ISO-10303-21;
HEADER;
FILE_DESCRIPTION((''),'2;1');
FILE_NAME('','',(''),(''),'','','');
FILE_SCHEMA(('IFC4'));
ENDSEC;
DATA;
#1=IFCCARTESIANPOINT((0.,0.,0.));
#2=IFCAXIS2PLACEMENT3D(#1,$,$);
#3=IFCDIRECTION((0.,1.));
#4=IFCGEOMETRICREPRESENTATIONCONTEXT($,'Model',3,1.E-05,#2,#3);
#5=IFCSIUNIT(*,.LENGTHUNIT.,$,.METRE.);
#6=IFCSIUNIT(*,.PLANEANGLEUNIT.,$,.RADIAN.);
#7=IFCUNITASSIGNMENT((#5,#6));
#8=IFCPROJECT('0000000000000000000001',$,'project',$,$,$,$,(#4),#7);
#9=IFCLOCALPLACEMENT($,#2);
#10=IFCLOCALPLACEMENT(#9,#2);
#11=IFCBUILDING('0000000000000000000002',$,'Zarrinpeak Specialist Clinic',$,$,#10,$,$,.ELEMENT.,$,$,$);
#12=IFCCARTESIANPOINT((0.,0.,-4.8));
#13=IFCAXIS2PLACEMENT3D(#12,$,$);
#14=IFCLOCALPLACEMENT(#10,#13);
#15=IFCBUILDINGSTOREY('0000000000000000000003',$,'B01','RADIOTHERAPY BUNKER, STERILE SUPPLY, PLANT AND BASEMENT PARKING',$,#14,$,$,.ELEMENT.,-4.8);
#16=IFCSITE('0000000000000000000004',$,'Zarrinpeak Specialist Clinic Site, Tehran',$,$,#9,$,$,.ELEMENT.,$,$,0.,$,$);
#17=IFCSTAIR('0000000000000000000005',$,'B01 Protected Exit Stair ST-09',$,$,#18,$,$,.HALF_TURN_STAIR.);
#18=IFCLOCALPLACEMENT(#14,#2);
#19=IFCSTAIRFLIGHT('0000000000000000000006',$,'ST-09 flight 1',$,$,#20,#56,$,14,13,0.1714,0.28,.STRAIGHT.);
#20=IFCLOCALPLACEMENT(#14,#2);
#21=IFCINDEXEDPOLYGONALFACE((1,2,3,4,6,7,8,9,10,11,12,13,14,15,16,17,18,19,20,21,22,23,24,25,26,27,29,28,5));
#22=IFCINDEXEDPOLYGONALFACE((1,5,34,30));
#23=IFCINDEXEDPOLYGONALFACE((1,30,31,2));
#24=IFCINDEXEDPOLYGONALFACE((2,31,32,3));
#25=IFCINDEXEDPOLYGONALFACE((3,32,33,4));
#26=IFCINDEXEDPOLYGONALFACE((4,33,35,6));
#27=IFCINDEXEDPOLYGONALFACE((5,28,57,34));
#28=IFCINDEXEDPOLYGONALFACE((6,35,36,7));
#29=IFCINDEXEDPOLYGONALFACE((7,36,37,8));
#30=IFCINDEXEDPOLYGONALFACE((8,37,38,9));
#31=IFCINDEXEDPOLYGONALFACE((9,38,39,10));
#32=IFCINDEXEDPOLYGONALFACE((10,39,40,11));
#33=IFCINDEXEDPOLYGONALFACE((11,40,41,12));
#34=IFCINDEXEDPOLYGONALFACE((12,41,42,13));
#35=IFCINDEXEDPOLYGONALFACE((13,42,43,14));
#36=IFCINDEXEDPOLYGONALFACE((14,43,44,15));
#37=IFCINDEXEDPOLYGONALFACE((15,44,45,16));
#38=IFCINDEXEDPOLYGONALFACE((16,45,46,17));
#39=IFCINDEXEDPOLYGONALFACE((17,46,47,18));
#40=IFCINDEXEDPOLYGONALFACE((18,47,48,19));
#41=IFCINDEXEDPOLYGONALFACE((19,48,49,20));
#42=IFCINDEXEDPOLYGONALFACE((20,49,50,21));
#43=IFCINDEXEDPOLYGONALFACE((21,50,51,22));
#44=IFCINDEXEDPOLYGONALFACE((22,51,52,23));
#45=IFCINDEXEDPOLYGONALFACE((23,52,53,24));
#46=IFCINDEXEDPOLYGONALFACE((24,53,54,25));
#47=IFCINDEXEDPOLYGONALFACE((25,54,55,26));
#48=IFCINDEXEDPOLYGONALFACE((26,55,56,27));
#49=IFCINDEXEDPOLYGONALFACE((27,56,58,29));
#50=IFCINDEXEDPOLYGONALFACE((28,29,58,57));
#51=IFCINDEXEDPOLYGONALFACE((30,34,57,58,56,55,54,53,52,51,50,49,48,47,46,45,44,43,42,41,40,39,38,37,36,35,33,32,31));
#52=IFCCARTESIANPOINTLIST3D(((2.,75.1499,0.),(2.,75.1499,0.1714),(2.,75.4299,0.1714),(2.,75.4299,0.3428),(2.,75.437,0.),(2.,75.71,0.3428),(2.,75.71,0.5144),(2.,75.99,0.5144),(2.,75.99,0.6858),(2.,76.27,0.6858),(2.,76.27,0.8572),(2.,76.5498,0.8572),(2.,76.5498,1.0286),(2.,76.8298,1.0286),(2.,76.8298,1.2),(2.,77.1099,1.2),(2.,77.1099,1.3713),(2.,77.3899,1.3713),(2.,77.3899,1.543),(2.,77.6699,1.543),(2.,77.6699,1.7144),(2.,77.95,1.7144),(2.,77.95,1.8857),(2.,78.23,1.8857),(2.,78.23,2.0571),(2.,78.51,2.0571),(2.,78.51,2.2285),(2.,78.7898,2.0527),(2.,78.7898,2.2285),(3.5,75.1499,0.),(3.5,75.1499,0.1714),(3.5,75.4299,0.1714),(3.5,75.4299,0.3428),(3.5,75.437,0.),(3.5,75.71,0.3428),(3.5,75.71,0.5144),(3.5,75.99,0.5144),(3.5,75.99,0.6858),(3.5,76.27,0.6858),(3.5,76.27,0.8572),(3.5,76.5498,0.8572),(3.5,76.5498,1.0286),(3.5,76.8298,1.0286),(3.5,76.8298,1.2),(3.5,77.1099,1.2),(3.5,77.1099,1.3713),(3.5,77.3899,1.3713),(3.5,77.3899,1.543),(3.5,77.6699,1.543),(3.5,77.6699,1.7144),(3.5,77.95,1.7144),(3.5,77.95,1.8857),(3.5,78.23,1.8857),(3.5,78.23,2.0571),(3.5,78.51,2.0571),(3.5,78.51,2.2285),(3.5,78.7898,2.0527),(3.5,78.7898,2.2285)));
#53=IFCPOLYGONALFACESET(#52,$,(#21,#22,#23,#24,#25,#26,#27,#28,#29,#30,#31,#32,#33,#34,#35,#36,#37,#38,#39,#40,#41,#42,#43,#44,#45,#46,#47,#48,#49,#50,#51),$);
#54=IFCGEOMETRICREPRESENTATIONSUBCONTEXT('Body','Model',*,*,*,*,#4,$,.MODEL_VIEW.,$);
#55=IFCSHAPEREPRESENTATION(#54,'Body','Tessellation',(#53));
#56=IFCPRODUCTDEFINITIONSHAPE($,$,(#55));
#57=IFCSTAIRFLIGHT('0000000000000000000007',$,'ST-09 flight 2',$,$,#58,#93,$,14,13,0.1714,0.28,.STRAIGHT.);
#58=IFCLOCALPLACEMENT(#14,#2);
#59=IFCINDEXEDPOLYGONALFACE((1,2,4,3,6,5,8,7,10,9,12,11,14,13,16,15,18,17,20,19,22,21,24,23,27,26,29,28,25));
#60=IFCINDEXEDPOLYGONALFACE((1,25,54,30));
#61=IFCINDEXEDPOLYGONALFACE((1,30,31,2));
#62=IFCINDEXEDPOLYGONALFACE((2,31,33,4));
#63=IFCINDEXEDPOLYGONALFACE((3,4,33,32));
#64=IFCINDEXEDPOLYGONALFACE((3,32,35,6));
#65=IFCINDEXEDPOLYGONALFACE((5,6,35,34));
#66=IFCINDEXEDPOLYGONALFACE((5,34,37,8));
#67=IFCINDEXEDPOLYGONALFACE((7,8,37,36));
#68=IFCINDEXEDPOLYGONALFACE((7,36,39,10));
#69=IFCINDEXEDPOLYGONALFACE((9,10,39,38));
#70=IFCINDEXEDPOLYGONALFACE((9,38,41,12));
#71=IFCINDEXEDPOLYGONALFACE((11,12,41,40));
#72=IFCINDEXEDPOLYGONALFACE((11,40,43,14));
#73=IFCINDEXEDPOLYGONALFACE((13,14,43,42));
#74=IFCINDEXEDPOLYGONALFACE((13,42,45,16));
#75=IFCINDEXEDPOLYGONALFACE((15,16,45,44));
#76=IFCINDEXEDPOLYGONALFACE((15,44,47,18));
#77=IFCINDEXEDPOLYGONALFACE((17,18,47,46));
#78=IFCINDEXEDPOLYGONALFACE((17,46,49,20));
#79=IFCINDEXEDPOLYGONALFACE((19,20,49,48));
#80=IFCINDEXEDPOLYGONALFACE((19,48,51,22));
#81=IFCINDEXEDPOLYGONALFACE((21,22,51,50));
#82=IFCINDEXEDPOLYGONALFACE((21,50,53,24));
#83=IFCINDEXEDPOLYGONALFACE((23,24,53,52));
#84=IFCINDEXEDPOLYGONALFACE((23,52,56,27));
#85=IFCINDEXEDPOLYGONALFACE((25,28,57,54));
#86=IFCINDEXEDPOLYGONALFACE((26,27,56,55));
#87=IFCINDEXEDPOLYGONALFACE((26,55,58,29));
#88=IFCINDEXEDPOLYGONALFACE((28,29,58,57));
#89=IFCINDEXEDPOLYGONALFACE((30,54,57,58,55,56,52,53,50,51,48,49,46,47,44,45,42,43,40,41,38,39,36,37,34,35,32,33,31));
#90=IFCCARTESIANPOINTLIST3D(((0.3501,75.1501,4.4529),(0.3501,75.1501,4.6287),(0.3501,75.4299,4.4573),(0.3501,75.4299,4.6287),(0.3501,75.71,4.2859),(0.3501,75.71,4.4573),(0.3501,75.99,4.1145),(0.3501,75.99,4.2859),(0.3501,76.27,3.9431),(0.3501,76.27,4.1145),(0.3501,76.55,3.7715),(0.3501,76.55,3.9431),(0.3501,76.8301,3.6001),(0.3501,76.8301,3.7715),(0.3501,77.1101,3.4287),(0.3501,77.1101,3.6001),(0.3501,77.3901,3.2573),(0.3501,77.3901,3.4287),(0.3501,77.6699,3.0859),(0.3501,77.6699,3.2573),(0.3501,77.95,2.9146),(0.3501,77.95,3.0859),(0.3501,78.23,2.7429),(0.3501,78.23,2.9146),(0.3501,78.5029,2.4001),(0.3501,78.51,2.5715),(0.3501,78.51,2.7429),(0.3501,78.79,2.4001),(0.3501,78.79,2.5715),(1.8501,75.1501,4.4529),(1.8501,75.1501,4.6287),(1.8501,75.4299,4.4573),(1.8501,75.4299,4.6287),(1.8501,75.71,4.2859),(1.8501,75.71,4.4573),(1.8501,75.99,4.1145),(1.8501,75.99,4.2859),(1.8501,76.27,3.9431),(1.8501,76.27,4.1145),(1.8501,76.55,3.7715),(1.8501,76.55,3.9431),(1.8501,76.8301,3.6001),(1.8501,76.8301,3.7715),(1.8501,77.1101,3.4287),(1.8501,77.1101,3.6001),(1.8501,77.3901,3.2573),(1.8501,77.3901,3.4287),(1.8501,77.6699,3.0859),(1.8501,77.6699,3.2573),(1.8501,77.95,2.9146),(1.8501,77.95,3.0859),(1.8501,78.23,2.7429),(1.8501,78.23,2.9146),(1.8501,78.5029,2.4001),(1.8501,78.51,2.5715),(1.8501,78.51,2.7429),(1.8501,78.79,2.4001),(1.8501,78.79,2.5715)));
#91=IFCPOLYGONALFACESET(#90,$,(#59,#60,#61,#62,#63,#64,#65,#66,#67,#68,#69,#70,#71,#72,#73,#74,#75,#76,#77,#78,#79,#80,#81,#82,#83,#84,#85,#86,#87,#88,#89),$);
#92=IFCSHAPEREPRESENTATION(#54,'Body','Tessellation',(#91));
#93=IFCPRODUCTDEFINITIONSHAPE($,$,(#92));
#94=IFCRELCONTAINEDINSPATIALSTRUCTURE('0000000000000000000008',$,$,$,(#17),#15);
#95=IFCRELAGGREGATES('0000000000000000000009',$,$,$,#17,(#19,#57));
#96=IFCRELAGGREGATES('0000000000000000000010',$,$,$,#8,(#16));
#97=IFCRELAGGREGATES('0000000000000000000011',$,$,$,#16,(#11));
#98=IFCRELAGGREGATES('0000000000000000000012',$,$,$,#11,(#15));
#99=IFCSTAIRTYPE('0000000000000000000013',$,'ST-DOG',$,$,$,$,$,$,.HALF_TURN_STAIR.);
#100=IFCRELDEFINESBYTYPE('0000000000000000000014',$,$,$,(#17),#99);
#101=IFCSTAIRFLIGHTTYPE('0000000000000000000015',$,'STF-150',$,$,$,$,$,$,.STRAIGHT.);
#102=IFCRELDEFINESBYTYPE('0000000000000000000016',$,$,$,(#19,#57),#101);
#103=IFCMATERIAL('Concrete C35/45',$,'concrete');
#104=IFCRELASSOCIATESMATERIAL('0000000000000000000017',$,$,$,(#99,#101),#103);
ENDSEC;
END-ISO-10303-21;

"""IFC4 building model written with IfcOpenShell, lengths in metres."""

from ifc_helpers import new_model, si_unit, direction, frame, origin, place, context, subcontext, project, spatial, polyline, outline, extrude, material, type_object, element, aggregate, save


model = new_model("IFC4")

# Units and contexts
model_context = context("Model", 3, precision=1e-05, world=origin(), true_north=direction((0.0, 1.0)))
body_context = subcontext(model_context, "Body", "Model", "MODEL_VIEW")
ifc_project = project(units=[si_unit("LENGTHUNIT", "METRE"), si_unit("PLANEANGLEUNIT", "RADIAN")], contexts=[model_context])

# Site, building, storey
site_placement = place(None, origin())
site = spatial("IfcSite", under=ifc_project, at=site_placement, Name="Zarrinpeak Specialist Clinic Site, Tehran", CompositionType="ELEMENT", RefElevation=0.0)
building_placement = place(site_placement, origin())
building = spatial("IfcBuilding", under=site, at=building_placement, Name="Zarrinpeak Specialist Clinic", CompositionType="ELEMENT")
storey_placement = place(building_placement, frame((0.0, 0.0, -4.8)))
storey = spatial("IfcBuildingStorey", under=building, at=storey_placement, Name="B01", Description="RADIOTHERAPY BUNKER, STERILE SUPPLY, PLANT AND BASEMENT PARKING", CompositionType="ELEMENT", Elevation=-4.8)

# Stair, stair flights
ifc_material_1 = material(Name="Concrete C35/45", Category="concrete")
stair_type = type_object("IfcStairType", Name="ST-DOG", PredefinedType="HALF_TURN_STAIR", material=ifc_material_1)
stair_placement = place(storey_placement, origin())
stair = element("IfcStair", 1, at=stair_placement, inside=storey, type_object=stair_type, Name="B01 Protected Exit Stair ST-09", PredefinedType="HALF_TURN_STAIR")
stair_flight_type = type_object("IfcStairFlightType", Name="STF-150", PredefinedType="STRAIGHT", material=ifc_material_1)
stair_flight_1_placement = place(storey_placement, frame((2.75, 75.1499, 0.0), z_axis=(0.0, 0.0, 1.0), x_axis=(0.0, 1.0, 0.0)))
stair_flight_1 = element("IfcStairFlight", 2, at=stair_flight_1_placement, type_object=stair_flight_type, Name="ST-09 flight 1", NumberOfRisers=14, NumberOfTreads=13, PredefinedType="STRAIGHT", RiserHeight=0.1714, TreadLength=0.28, context=body_context, shape_type="SweptSolid", body=[
    extrude(outline(polyline([(0.0, 0.0), (0.0, 0.1714), (0.28, 0.1714), (0.28, 0.3428), (0.5601, 0.3428), (0.5601, 0.5144), (0.8401, 0.5144), (0.8401, 0.6858), (1.1201, 0.6858), (1.1201, 0.8572), (1.3999, 0.8572), (1.3999, 1.0286), (1.6799, 1.0286), (1.6799, 1.2), (1.96, 1.2), (1.96, 1.3713), (2.24, 1.3713), (2.24, 1.543), (2.52, 1.543), (2.52, 1.7144), (2.8, 1.7144), (2.8, 1.8857), (3.0801, 1.8857), (3.0801, 2.0571), (3.3601, 2.0571), (3.3601, 2.2285), (3.6399, 2.2285), (3.6399, 2.3999), (3.6399, 2.0527), (0.2871, 0.0), (0.0, 0.0)])), frame((0.0, 0.75, 0.0), z_axis=(0.0, -1.0, 0.0), x_axis=(1.0, 0.0, 0.0)), (0.0, 0.0, 1.0), 1.5),
])
stair_flight_2_placement = place(storey_placement, frame((1.1001, 78.79, 2.4001), z_axis=(0.0, 0.0, 1.0), x_axis=(0.0, -1.0, 0.0)))
stair_flight_2 = element("IfcStairFlight", 3, at=stair_flight_2_placement, type_object=stair_flight_type, Name="ST-09 flight 2", NumberOfRisers=14, NumberOfTreads=13, PredefinedType="STRAIGHT", RiserHeight=0.1714, TreadLength=0.28, context=body_context, shape_type="SweptSolid", body=[
    extrude(outline(polyline([(0.0, 0.0), (0.0, 0.1714), (0.28, 0.1714), (0.28, 0.3428), (0.5601, 0.3428), (0.5601, 0.5144), (0.8401, 0.5144), (0.8401, 0.6858), (1.1201, 0.6858), (1.1201, 0.8572), (1.3999, 0.8572), (1.3999, 1.0286), (1.6799, 1.0286), (1.6799, 1.2), (1.96, 1.2), (1.96, 1.3713), (2.24, 1.3713), (2.24, 1.543), (2.52, 1.543), (2.52, 1.7144), (2.8, 1.7144), (2.8, 1.8857), (3.0801, 1.8857), (3.0801, 2.0571), (3.3601, 2.0571), (3.3601, 2.2285), (3.6399, 2.2285), (3.6399, 2.3999), (3.6399, 2.0527), (0.2871, 0.0), (0.0, 0.0)])), frame((0.0, 0.75, 0.0), z_axis=(0.0, -1.0, 0.0), x_axis=(1.0, 0.0, 0.0)), (0.0, 0.0, 1.0), 1.5),
])
aggregate(stair, [stair_flight_1, stair_flight_2])

save(model, "model.ifc")
